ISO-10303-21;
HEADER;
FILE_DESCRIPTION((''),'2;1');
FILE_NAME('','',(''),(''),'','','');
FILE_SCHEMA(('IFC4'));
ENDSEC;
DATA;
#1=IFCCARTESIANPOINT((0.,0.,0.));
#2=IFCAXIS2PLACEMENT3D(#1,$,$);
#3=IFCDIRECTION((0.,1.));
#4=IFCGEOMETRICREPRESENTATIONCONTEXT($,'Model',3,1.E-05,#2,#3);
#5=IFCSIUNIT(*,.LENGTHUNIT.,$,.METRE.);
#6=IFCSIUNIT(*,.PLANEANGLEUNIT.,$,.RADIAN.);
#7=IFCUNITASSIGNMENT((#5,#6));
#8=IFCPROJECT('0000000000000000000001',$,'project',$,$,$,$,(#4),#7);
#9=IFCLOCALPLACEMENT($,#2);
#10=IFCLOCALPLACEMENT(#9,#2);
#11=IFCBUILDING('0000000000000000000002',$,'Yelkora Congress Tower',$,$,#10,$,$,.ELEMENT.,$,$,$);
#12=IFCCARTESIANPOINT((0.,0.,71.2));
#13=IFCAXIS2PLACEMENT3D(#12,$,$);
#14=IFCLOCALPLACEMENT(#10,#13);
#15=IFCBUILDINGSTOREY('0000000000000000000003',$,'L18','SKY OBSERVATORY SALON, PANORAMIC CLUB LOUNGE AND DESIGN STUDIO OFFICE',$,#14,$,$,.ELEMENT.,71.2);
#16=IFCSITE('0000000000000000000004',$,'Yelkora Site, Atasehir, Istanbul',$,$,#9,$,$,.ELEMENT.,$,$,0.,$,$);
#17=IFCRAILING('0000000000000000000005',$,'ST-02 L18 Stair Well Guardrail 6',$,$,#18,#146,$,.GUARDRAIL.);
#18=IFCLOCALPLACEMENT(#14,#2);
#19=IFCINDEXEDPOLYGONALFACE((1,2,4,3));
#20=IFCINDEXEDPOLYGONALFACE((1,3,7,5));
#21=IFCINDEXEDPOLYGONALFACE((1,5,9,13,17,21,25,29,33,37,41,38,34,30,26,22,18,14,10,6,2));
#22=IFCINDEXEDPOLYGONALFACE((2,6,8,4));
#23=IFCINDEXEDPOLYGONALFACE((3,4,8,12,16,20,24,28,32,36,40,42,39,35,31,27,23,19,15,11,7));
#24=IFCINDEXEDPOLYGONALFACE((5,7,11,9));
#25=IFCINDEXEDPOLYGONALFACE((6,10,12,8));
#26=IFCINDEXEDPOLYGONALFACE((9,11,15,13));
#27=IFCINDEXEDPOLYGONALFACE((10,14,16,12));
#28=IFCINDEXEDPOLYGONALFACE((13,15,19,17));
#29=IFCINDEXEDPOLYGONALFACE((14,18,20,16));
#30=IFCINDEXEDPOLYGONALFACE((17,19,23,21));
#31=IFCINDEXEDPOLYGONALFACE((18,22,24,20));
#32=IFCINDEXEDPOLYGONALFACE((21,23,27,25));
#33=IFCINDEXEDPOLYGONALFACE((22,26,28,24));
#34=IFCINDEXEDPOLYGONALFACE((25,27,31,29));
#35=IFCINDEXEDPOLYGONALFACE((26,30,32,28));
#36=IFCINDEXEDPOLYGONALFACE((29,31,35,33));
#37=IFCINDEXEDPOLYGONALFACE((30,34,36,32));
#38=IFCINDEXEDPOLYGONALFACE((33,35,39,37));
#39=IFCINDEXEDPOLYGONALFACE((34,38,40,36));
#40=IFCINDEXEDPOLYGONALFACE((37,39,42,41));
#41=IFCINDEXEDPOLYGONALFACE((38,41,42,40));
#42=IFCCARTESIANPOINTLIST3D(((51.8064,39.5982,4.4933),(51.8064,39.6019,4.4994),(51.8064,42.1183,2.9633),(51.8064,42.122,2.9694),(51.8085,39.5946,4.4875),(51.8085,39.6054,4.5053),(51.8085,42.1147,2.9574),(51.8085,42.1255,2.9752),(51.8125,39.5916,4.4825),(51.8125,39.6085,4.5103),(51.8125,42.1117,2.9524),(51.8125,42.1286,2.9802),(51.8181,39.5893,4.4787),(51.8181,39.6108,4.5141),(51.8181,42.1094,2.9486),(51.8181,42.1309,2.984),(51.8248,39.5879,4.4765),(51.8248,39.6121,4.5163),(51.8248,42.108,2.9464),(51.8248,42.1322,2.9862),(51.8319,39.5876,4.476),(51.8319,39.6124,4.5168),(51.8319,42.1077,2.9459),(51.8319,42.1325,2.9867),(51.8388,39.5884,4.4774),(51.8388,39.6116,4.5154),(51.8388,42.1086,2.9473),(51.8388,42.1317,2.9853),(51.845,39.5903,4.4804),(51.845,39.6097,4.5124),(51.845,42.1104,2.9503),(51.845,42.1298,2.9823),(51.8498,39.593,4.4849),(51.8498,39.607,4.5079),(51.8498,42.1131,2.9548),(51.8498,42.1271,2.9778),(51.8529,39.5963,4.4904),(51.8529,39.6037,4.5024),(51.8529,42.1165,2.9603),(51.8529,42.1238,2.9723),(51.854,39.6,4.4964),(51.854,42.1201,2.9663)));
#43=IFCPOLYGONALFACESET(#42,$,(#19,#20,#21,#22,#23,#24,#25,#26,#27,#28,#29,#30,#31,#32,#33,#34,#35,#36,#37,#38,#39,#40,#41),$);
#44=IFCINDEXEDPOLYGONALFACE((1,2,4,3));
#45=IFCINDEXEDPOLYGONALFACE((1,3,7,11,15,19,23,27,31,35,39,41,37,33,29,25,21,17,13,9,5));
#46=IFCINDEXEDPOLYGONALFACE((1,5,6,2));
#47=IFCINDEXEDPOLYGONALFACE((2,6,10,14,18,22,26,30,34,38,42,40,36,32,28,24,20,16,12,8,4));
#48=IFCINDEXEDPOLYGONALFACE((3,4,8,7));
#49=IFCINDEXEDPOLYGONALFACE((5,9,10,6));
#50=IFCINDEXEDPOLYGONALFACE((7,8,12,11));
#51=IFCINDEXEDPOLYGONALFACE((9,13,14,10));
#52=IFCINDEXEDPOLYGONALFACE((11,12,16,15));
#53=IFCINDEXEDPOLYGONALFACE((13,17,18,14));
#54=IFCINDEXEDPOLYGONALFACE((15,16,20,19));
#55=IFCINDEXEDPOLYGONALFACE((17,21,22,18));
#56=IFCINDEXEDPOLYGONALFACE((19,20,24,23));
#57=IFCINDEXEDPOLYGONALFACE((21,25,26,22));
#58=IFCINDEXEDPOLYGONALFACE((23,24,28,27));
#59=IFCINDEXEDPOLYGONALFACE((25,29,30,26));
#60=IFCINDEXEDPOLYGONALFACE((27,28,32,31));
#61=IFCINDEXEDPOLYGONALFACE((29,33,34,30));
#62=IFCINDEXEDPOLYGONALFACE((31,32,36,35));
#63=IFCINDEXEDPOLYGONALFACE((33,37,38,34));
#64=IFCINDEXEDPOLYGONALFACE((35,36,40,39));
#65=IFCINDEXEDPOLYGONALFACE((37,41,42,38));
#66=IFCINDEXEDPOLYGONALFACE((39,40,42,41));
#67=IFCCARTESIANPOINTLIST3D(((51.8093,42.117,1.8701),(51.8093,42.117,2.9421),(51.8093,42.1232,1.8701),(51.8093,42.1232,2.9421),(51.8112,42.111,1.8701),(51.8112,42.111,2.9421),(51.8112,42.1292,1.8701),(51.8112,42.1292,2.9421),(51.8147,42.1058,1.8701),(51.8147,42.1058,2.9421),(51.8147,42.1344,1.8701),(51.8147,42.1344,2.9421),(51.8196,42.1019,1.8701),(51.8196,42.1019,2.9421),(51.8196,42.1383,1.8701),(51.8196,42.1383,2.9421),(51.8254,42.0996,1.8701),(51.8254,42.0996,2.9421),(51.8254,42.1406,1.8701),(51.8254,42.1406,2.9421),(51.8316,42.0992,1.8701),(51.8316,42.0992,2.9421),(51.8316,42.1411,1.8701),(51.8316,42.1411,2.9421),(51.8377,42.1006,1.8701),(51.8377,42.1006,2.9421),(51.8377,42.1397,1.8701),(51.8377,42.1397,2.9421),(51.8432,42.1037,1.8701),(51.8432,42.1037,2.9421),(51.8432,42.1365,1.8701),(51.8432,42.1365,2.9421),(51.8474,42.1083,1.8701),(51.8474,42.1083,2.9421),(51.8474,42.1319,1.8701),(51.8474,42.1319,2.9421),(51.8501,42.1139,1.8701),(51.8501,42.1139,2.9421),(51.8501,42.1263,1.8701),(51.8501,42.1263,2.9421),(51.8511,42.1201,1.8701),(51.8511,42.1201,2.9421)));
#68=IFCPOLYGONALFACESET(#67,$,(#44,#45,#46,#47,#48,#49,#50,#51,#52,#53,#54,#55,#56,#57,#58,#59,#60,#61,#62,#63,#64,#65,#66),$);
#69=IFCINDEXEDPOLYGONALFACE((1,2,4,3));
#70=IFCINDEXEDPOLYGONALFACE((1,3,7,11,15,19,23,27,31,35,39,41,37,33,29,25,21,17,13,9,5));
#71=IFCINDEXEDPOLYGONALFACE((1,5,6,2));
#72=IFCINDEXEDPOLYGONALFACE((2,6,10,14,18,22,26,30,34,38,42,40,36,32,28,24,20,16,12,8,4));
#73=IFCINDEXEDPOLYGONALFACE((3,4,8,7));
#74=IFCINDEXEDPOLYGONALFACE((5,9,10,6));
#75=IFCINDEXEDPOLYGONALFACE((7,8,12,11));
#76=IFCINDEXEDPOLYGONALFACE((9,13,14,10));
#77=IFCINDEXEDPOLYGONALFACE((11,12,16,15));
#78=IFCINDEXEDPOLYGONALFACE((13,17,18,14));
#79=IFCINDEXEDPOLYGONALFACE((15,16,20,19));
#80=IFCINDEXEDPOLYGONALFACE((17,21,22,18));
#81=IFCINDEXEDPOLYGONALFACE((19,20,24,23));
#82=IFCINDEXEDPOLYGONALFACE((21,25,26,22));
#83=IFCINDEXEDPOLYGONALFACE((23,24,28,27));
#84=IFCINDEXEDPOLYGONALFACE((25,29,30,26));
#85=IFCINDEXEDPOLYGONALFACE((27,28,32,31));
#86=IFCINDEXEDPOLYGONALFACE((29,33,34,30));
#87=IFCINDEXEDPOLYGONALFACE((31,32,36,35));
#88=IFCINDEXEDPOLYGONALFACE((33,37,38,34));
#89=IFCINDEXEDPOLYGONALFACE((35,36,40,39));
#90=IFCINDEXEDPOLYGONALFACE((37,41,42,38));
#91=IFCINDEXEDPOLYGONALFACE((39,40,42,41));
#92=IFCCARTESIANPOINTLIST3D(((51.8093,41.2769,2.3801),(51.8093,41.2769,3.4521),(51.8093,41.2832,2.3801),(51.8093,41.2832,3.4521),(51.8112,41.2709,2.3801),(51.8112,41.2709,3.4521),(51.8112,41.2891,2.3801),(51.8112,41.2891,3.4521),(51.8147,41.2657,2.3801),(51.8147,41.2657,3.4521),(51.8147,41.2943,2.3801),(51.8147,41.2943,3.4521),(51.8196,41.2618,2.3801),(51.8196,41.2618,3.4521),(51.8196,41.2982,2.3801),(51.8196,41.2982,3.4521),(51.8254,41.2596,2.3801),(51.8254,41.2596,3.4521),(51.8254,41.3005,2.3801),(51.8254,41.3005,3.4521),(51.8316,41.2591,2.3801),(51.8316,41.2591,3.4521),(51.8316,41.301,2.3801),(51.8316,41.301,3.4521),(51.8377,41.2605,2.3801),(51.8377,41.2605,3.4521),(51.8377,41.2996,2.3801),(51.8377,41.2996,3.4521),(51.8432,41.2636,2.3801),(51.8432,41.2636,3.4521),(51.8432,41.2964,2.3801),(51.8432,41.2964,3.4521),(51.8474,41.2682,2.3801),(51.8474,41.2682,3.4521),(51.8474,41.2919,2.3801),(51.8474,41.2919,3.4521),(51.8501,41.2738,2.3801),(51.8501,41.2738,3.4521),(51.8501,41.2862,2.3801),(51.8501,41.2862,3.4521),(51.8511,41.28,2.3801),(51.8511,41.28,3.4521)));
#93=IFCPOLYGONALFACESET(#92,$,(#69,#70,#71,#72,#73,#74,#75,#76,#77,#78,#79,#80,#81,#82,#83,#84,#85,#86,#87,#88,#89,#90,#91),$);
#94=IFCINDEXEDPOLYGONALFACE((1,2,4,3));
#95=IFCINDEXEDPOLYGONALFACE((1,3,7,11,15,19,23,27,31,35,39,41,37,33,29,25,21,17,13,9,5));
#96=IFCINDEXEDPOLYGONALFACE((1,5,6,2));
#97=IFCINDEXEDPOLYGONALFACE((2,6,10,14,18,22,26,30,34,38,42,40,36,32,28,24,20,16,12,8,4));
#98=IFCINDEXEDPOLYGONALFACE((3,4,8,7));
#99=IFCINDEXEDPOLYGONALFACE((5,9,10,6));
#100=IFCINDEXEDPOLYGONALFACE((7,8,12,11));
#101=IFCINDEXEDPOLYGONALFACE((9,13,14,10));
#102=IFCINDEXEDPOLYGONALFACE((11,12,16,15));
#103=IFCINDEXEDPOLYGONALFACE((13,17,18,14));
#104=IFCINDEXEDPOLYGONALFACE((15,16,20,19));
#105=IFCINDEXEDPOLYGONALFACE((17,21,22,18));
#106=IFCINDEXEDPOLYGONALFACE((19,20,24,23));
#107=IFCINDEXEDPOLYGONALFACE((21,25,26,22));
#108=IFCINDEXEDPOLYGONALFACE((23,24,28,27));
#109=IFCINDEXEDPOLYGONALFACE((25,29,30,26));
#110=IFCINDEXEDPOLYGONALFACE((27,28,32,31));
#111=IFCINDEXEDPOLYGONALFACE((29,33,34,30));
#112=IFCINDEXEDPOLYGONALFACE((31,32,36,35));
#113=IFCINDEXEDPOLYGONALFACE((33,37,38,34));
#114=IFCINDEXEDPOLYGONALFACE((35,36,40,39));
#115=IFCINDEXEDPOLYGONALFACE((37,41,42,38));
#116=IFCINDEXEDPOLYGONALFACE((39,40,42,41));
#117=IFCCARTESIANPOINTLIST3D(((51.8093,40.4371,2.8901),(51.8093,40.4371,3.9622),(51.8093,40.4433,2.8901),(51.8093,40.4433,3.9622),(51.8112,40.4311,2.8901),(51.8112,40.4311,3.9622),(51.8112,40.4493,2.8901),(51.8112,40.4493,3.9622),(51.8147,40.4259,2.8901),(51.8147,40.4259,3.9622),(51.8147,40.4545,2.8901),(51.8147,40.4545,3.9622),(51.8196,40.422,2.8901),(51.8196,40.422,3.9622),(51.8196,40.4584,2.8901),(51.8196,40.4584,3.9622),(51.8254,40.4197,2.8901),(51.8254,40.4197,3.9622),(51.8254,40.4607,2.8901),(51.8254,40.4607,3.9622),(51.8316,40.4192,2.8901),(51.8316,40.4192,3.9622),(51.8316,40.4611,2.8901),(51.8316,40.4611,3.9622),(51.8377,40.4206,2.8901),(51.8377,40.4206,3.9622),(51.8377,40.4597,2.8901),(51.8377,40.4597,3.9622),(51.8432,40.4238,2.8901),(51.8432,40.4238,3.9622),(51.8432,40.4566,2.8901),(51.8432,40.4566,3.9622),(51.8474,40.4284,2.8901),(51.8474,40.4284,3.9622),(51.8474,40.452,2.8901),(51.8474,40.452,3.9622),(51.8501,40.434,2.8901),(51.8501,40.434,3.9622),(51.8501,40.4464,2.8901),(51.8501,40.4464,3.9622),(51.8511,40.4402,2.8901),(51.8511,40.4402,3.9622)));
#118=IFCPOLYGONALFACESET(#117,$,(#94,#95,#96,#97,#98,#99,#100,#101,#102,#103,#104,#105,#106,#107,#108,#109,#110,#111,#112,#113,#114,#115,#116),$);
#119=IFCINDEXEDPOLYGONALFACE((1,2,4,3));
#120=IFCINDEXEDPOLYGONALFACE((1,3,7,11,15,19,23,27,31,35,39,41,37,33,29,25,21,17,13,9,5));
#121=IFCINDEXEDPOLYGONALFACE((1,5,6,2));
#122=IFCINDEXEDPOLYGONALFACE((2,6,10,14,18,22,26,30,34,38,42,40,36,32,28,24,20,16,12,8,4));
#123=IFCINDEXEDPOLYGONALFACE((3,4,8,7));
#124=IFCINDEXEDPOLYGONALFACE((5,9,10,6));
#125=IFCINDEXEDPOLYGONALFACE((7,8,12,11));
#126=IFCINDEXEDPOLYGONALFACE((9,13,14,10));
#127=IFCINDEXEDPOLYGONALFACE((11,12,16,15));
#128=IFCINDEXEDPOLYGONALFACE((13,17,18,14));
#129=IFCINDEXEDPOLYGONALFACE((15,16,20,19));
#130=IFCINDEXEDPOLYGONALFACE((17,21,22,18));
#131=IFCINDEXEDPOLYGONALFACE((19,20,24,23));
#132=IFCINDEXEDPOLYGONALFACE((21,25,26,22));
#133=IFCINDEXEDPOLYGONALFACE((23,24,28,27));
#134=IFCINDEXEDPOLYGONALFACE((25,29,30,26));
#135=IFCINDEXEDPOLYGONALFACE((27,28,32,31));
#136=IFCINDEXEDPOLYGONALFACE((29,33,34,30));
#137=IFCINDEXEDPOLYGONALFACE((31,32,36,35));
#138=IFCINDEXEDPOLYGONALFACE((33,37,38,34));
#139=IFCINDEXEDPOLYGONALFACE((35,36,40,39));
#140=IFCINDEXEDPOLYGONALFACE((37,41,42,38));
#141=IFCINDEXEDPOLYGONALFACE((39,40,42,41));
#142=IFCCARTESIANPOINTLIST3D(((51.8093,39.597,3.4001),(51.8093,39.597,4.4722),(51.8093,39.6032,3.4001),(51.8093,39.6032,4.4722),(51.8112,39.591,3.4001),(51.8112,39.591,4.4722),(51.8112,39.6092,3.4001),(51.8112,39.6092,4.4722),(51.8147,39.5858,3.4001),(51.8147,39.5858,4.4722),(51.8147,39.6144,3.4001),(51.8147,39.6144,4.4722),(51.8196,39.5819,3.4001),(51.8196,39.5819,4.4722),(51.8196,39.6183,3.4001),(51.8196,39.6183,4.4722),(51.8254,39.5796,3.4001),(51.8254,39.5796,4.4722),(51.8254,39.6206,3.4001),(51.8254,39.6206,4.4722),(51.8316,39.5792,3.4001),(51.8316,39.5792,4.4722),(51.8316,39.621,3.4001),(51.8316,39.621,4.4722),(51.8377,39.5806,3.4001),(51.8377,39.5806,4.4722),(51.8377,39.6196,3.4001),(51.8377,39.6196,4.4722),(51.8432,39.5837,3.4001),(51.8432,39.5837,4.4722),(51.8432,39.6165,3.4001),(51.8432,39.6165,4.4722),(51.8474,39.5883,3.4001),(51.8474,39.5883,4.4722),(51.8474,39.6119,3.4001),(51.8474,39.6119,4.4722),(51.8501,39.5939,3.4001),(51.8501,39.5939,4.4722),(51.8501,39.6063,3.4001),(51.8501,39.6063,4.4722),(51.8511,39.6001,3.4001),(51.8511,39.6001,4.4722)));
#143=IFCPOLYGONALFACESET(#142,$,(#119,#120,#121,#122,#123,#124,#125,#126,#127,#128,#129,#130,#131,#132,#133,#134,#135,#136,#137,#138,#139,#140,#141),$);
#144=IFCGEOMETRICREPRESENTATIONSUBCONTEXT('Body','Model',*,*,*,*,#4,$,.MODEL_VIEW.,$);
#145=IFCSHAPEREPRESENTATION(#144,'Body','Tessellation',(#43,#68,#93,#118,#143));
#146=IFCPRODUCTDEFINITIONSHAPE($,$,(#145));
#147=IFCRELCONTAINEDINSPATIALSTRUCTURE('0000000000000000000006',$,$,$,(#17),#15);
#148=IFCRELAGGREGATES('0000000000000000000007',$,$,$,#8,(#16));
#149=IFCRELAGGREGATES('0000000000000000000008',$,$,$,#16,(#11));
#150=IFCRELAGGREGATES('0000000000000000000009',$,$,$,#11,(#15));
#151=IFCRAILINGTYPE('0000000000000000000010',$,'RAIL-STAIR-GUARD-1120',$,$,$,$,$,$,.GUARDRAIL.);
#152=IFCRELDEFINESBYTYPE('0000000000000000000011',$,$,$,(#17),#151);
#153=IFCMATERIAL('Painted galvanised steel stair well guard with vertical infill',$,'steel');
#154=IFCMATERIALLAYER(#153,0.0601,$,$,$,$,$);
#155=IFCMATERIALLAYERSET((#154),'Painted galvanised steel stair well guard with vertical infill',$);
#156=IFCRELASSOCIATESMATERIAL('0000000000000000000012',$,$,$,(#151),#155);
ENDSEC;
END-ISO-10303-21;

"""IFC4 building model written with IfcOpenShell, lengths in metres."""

from ifc_helpers import new_model, si_unit, direction, frame, origin, origin_2d, place, context, subcontext, project, spatial, circle, extrude, material, layer, layer_set, type_object, element, save


model = new_model("IFC4")

# Units and contexts
model_context = context("Model", 3, precision=1e-05, world=origin(), true_north=direction((0.0, 1.0)))
body_context = subcontext(model_context, "Body", "Model", "MODEL_VIEW")
ifc_project = project(units=[si_unit("LENGTHUNIT", "METRE"), si_unit("PLANEANGLEUNIT", "RADIAN")], contexts=[model_context])

# Site, building, storey
site_placement = place(None, origin())
site = spatial("IfcSite", under=ifc_project, at=site_placement, Name="Yelkora Site, Atasehir, Istanbul", CompositionType="ELEMENT", RefElevation=0.0)
building_placement = place(site_placement, origin())
building = spatial("IfcBuilding", under=site, at=building_placement, Name="Yelkora Congress Tower", CompositionType="ELEMENT")
storey_placement = place(building_placement, frame((0.0, 0.0, 71.2)))
storey = spatial("IfcBuildingStorey", under=building, at=storey_placement, Name="L18", Description="SKY OBSERVATORY SALON, PANORAMIC CLUB LOUNGE AND DESIGN STUDIO OFFICE", CompositionType="ELEMENT", Elevation=71.2)

# Railing
ifc_material_1 = material(Name="Painted galvanised steel stair well guard with vertical infill", Category="steel")
ifc_layer_1 = layer(ifc_material_1, 0.0601)
ifc_layer_set_1 = layer_set([ifc_layer_1], Name="Painted galvanised steel stair well guard with vertical infill")
railing_type_1 = type_object("IfcRailingType", Name="RAIL-STAIR-GUARD-1120", PredefinedType="GUARDRAIL", material=ifc_layer_set_1)
railing_1_placement = place(storey_placement, frame((51.8301, 42.1201, 1.8701)))
element("IfcRailing", 1, at=railing_1_placement, inside=storey, type_object=railing_type_1, Name="ST-02 L18 Stair Well Guardrail 6", PredefinedType="GUARDRAIL", context=body_context, shape_type="SweptSolid", body=[
    extrude(circle(Radius=0.0239, at=origin_2d()), frame((0.0, 0.0, 1.0962), z_axis=(0.0, -0.854785, 0.518982), x_axis=(1.0, 0.0, 0.0)), (0.0, 0.0, 1.0), 2.9482),
    extrude(circle(Radius=0.021, at=origin_2d()), origin(), (0.0, 0.0, 1.0), 1.072),
    extrude(circle(Radius=0.021, at=origin_2d()), frame((0.0, -0.8401, 0.51)), (0.0, 0.0, 1.0), 1.072),
    extrude(circle(Radius=0.021, at=origin_2d()), frame((0.0, -1.6799, 1.02)), (0.0, 0.0, 1.0), 1.072),
    extrude(circle(Radius=0.021, at=origin_2d()), frame((0.0, -2.52, 1.53)), (0.0, 0.0, 1.0), 1.072),
])

save(model, "model.ifc")
